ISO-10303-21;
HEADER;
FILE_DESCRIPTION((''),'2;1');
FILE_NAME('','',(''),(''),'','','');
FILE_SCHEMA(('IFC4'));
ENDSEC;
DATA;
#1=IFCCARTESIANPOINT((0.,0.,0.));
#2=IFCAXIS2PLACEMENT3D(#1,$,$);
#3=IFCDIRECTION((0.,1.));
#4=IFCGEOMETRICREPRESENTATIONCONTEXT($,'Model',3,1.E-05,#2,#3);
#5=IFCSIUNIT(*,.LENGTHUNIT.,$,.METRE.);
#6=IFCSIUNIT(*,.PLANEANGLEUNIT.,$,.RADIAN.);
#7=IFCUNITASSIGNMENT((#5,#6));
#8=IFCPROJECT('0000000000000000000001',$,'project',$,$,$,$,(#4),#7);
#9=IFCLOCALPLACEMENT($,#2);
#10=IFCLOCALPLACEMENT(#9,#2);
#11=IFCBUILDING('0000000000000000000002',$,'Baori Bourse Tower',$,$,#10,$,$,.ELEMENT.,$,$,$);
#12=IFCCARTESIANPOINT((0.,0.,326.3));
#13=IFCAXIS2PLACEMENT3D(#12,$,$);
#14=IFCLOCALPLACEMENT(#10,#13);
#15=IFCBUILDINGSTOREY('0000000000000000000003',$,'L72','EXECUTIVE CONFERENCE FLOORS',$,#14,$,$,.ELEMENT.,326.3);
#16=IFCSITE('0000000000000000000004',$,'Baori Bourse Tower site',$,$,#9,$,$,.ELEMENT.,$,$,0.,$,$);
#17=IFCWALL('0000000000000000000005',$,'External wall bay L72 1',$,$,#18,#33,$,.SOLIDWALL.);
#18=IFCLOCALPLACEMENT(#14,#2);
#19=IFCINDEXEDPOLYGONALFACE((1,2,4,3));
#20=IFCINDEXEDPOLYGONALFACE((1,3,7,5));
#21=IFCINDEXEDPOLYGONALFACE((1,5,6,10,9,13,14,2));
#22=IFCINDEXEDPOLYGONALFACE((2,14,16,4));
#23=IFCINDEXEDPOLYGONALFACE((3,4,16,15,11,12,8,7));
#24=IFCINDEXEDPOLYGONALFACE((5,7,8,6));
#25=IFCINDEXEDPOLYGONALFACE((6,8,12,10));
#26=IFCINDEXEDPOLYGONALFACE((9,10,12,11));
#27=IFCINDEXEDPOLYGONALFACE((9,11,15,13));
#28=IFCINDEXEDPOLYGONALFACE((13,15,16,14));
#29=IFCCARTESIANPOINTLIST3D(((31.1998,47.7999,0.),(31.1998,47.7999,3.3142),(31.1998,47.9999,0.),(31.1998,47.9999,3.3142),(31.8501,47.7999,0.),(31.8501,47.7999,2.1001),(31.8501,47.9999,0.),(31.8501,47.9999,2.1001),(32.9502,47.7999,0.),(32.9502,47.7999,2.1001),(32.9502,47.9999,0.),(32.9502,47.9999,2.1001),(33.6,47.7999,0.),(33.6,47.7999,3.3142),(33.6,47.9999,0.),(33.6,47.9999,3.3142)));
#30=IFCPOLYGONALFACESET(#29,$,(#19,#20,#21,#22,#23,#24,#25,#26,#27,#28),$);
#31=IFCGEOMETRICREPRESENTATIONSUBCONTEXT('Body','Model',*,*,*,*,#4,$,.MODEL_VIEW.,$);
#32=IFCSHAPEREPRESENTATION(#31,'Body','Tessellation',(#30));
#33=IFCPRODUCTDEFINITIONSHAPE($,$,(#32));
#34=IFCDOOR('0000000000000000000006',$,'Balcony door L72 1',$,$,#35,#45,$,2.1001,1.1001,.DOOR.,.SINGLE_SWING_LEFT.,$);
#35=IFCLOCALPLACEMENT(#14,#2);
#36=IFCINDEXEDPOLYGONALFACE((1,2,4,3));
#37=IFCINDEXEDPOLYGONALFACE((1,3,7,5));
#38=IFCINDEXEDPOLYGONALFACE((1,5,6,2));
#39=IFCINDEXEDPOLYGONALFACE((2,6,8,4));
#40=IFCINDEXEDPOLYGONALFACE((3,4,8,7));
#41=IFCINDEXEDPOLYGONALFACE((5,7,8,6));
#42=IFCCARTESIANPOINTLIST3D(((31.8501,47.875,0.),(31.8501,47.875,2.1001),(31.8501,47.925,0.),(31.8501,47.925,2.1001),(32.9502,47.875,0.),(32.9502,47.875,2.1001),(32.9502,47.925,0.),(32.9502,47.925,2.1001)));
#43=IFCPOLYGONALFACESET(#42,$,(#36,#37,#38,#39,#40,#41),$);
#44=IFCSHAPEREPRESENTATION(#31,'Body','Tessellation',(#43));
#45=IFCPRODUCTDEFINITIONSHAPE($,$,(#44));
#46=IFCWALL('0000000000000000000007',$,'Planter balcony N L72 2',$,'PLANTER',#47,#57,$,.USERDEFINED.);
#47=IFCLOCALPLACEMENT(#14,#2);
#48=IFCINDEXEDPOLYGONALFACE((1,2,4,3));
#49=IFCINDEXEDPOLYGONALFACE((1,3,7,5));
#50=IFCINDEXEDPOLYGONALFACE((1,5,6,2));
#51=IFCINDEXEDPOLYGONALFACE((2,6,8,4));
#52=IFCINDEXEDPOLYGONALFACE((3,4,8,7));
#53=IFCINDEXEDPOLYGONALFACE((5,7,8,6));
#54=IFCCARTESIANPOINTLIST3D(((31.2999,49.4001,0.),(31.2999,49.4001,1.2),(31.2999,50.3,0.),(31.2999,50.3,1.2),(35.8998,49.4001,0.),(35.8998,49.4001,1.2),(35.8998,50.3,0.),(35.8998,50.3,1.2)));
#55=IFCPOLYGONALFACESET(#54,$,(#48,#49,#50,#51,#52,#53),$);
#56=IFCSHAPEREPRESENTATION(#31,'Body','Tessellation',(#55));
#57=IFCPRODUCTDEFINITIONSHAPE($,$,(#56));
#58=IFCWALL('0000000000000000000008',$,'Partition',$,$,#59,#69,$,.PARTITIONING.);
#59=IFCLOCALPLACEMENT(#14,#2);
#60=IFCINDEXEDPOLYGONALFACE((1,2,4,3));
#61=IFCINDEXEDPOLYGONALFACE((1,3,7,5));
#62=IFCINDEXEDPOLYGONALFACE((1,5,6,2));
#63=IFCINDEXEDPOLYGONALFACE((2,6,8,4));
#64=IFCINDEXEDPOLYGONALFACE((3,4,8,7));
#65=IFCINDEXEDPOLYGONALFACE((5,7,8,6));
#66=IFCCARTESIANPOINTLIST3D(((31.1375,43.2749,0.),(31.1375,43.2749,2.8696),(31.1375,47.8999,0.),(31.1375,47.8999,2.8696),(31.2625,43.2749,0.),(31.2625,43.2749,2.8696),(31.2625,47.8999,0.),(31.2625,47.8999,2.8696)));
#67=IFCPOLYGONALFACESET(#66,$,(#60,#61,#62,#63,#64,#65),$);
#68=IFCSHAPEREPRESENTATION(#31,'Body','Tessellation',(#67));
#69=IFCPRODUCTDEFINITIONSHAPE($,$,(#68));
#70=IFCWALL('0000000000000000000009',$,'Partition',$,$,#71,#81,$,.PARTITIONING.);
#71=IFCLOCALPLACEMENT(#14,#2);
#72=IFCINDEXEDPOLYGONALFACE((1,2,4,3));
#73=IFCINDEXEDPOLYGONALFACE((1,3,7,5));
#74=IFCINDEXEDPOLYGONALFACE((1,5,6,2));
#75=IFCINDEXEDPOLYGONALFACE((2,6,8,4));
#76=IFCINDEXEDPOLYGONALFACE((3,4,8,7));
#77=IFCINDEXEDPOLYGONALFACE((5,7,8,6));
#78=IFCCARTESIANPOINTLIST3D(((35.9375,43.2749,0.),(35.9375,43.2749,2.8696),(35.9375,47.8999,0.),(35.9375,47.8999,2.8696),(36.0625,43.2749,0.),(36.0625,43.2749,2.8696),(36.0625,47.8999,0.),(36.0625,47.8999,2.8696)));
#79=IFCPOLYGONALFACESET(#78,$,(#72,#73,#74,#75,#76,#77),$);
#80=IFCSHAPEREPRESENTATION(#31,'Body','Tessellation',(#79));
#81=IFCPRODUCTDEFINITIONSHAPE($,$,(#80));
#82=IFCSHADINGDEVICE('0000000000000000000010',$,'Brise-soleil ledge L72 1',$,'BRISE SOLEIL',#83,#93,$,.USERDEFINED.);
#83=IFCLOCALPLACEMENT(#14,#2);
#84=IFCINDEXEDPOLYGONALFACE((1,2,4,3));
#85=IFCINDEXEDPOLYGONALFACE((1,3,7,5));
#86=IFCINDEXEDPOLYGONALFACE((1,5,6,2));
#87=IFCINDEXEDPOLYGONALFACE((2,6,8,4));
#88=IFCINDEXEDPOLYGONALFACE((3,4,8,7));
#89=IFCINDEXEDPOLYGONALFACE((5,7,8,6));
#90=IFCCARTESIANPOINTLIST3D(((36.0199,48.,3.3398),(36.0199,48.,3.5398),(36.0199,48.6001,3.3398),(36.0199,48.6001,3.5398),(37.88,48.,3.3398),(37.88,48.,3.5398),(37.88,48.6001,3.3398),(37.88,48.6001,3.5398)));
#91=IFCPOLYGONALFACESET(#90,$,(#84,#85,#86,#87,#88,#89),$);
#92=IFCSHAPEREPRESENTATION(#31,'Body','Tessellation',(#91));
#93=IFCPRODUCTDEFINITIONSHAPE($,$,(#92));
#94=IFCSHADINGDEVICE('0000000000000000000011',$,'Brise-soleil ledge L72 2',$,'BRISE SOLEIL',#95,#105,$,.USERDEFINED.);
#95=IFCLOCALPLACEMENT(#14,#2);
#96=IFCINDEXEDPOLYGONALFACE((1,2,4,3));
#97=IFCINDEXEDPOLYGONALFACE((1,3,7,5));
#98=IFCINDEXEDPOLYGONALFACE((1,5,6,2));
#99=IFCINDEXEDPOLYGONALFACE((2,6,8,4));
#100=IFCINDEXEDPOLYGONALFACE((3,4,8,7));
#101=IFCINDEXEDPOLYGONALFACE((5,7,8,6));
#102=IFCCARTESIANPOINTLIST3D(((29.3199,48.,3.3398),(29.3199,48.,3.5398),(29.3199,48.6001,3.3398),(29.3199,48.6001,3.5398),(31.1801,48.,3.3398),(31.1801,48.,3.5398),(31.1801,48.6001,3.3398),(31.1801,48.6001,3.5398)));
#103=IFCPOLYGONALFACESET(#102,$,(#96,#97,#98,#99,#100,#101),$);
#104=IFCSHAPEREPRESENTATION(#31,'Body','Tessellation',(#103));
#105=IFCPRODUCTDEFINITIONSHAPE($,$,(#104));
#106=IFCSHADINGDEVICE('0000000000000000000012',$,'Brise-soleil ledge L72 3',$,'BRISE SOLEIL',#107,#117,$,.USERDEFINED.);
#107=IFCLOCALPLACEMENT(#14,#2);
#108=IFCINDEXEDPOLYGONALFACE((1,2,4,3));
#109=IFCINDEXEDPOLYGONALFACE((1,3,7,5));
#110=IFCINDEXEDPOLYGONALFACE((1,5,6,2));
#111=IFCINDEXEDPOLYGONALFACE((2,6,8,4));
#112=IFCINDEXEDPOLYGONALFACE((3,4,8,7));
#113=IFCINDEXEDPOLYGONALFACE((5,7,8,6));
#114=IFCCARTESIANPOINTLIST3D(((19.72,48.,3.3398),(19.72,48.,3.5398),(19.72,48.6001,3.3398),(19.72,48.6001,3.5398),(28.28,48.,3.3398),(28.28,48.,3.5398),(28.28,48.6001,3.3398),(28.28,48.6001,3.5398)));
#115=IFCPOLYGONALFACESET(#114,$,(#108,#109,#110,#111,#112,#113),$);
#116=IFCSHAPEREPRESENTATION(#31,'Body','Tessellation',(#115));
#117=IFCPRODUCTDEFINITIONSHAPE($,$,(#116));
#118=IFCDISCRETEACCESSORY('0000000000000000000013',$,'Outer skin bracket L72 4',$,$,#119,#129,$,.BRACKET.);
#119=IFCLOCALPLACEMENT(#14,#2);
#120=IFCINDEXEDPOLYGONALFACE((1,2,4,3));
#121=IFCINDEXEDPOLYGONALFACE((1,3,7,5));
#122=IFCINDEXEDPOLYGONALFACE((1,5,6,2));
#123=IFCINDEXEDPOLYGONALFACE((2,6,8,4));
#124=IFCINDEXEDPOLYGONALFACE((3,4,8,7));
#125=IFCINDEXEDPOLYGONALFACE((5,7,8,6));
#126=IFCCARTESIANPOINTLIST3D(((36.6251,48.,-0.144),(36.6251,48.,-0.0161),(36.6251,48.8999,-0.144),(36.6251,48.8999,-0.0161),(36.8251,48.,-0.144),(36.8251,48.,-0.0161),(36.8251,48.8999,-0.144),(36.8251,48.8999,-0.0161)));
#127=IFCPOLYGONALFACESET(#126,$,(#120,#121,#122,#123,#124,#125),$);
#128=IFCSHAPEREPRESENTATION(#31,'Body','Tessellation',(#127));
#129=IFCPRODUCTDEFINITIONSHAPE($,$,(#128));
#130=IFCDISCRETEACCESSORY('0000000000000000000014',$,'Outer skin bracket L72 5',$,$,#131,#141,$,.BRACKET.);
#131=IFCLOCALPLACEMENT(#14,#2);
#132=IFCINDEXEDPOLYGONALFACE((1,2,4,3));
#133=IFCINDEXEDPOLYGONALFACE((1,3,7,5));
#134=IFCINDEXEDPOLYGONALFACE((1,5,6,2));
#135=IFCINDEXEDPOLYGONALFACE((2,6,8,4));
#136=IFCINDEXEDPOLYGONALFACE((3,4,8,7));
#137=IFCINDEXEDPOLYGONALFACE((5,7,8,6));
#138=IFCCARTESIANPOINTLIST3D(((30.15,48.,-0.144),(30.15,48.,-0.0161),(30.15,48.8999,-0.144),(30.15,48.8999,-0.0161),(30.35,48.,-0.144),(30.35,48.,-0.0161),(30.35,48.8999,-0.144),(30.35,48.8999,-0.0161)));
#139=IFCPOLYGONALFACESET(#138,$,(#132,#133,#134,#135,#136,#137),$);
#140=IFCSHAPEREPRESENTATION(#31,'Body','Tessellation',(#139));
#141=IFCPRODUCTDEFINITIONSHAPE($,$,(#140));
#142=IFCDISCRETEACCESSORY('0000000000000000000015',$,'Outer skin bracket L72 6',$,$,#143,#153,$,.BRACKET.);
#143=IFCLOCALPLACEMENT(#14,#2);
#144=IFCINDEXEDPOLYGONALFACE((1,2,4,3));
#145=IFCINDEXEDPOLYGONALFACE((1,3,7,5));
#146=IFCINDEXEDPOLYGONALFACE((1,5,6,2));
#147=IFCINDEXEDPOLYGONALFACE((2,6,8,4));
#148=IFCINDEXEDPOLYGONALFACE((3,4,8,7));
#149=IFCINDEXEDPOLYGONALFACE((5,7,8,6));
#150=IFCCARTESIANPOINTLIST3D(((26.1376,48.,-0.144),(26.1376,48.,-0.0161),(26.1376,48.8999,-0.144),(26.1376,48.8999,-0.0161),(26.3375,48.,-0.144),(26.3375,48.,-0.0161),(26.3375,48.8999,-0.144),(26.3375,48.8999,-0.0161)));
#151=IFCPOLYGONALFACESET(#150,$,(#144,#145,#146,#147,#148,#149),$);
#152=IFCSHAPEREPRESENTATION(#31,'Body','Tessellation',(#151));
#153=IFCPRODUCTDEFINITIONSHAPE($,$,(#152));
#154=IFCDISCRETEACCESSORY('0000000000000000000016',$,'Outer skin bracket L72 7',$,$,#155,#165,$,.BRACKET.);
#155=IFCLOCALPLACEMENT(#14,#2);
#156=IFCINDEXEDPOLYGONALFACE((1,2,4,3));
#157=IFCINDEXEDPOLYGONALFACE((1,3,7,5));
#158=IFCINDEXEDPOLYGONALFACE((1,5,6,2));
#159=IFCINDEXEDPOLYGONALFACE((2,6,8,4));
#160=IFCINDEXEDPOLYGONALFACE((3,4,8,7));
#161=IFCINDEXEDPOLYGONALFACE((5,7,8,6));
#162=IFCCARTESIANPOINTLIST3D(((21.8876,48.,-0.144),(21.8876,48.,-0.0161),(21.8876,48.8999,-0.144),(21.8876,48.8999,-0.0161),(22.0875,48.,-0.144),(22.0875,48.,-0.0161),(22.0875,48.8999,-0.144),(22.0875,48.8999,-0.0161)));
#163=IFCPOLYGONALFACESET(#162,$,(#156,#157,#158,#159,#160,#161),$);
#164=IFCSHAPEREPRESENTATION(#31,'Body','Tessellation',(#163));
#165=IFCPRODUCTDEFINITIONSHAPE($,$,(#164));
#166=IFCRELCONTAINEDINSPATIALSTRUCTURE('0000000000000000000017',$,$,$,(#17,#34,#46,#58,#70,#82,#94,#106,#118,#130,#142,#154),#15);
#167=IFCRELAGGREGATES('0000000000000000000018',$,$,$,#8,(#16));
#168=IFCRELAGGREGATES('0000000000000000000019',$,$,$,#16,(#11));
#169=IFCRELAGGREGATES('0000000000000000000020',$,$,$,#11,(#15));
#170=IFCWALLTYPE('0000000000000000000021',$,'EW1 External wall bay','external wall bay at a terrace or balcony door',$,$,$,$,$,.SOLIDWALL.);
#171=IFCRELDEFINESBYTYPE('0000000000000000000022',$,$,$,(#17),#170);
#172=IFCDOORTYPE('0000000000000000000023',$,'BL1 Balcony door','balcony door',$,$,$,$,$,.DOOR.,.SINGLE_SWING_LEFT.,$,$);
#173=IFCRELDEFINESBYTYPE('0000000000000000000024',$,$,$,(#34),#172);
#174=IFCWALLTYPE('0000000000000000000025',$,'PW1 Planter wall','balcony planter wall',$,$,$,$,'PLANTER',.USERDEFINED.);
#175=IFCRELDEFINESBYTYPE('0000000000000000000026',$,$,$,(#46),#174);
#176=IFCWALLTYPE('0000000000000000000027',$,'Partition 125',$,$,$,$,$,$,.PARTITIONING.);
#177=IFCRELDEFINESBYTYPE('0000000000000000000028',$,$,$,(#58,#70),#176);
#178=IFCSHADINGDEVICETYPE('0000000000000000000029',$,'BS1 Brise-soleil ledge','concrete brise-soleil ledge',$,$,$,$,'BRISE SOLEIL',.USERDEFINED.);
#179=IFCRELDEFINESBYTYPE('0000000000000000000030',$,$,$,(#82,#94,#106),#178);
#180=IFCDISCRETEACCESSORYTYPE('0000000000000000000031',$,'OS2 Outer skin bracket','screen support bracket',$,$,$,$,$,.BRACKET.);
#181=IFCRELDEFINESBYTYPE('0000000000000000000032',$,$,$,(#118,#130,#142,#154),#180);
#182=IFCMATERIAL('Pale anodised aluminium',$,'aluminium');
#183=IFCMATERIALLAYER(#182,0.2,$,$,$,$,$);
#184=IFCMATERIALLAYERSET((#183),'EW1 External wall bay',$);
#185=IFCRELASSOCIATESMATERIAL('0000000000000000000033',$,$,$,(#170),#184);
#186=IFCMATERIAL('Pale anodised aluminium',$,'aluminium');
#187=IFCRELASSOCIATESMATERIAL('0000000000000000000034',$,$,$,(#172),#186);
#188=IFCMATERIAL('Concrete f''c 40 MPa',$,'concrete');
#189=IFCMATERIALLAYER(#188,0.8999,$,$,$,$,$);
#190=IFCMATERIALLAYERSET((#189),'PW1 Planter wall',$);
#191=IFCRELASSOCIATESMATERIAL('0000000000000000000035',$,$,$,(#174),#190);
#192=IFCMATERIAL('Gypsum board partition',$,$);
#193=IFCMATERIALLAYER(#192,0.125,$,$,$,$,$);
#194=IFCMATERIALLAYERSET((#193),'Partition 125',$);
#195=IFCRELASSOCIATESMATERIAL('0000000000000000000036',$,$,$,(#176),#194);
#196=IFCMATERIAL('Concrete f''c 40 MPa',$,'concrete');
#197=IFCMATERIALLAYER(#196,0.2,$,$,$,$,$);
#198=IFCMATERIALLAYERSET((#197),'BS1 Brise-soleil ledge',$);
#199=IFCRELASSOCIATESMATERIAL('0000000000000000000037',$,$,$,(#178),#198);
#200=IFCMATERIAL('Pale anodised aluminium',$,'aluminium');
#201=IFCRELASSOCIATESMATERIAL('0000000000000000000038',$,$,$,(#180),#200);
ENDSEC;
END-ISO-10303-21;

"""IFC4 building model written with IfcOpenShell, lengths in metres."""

from ifc_helpers import new_model, si_unit, direction, frame, frame_2d, origin, origin_2d, place, context, subcontext, project, spatial, rectangle, extrude, material, layer, layer_set, type_object, element, fill, save


model = new_model("IFC4")

# Units and contexts
model_context = context("Model", 3, precision=1e-05, world=origin(), true_north=direction((0.0, 1.0)))
body_context = subcontext(model_context, "Body", "Model", "MODEL_VIEW")
ifc_project = project(units=[si_unit("LENGTHUNIT", "METRE"), si_unit("PLANEANGLEUNIT", "RADIAN")], contexts=[model_context])

# Site, building, storey
site_placement = place(None, origin())
site = spatial("IfcSite", under=ifc_project, at=site_placement, Name="Baori Bourse Tower site", CompositionType="ELEMENT", RefElevation=0.0)
building_placement = place(site_placement, origin())
building = spatial("IfcBuilding", under=site, at=building_placement, Name="Baori Bourse Tower", CompositionType="ELEMENT")
storey_placement = place(building_placement, frame((0.0, 0.0, 326.3)))
storey = spatial("IfcBuildingStorey", under=building, at=storey_placement, Name="L72", Description="EXECUTIVE CONFERENCE FLOORS", CompositionType="ELEMENT", Elevation=326.3)

# Wall, opening, door
ifc_material_1 = material(Name="Pale anodised aluminium", Category="aluminium")
ifc_layer_1 = layer(ifc_material_1, 0.2)
ifc_layer_set_1 = layer_set([ifc_layer_1], Name="EW1 External wall bay")
wall_type_1 = type_object("IfcWallType", Name="EW1 External wall bay", Description="external wall bay at a terrace or balcony door", PredefinedType="SOLIDWALL", material=ifc_layer_set_1)
wall_1_placement = place(storey_placement, frame((33.6001, 47.8999, 0.0), z_axis=(0.0, 0.0, 1.0), x_axis=(-1.0, 0.0, 0.0)))
wall_1 = element("IfcWall", 1, at=wall_1_placement, inside=storey, type_object=wall_type_1, Name="External wall bay L72 1", PredefinedType="SOLIDWALL", context=body_context, shape_type="SweptSolid", body=[
    extrude(rectangle(XDim=2.4001, YDim=0.2, at=frame_2d((1.2002, 0.0))), origin(), (0.0, 0.0, 1.0), 3.3142),
])
opening_placement = place(wall_1_placement, frame((0.6499, 0.0, 0.0)))
opening = element("IfcOpeningElement", 2, at=opening_placement, cuts=wall_1, PredefinedType="OPENING", context=body_context, shape_type="SweptSolid", body=[
    extrude(rectangle(XDim=1.1001, YDim=2.1001, at=frame_2d((0.55, 1.05))), frame((0.0, 0.1099, 0.0), z_axis=(0.0, -1.0, 0.0), x_axis=(1.0, 0.0, 0.0)), (0.0, 0.0, 1.0), 0.22),
])
ifc_material_2 = material(Name="Pale anodised aluminium", Category="aluminium")
door_type = type_object("IfcDoorType", Name="BL1 Balcony door", Description="balcony door", OperationType="SINGLE_SWING_LEFT", PredefinedType="DOOR", material=ifc_material_2)
door_placement = place(opening_placement, origin())
door = element("IfcDoor", 3, at=door_placement, inside=storey, type_object=door_type, Name="Balcony door L72 1", OperationType="SINGLE_SWING_LEFT", OverallHeight=2.1001, OverallWidth=1.1001, PredefinedType="DOOR", context=body_context, shape_type="SweptSolid", body=[
    extrude(rectangle(XDim=1.1001, YDim=2.1001, at=frame_2d((0.55, 1.05))), frame((0.0, 0.0249, 0.0), z_axis=(0.0, -1.0, 0.0), x_axis=(1.0, 0.0, 0.0)), (0.0, 0.0, 1.0), 0.05),
])
fill(opening, door)

# Walls
ifc_material_3 = material(Name="Concrete f'c 40 MPa", Category="concrete")
ifc_layer_2 = layer(ifc_material_3, 0.8999)
ifc_layer_set_2 = layer_set([ifc_layer_2], Name="PW1 Planter wall")
wall_type_2 = type_object("IfcWallType", Name="PW1 Planter wall", Description="balcony planter wall", ElementType="PLANTER", PredefinedType="USERDEFINED", material=ifc_layer_set_2)
wall_2_placement = place(storey_placement, frame((31.3, 49.8501, 0.0), z_axis=(0.0, 0.0, 1.0), x_axis=(1.0, 0.0, 0.0)))
element("IfcWall", 4, at=wall_2_placement, inside=storey, type_object=wall_type_2, Name="Planter balcony N L72 2", ObjectType="PLANTER", PredefinedType="USERDEFINED", context=body_context, shape_type="SweptSolid", body=[
    extrude(rectangle(XDim=4.5999, YDim=0.8999, at=frame_2d((2.2998, 0.0))), origin(), (0.0, 0.0, 1.0), 1.2),
])
ifc_material_4 = material(Name="Gypsum board partition")
ifc_layer_3 = layer(ifc_material_4, 0.125)
ifc_layer_set_3 = layer_set([ifc_layer_3], Name="Partition 125")
wall_type_3 = type_object("IfcWallType", Name="Partition 125", PredefinedType="PARTITIONING", material=ifc_layer_set_3)
for number, where, z_axis, x_axis, name in (
    (5, (31.2, 43.2749, 0.0), (0.0, 0.0, 1.0), (0.0, 1.0, 0.0), "Partition"),
    (6, (36.0, 43.2749, 0.0), (0.0, 0.0, 1.0), (0.0, 1.0, 0.0), "Partition"),
):
    element("IfcWall", number, at=place(storey_placement, frame(where, z_axis=z_axis, x_axis=x_axis)), inside=storey, type_object=wall_type_3, Name=name, PredefinedType="PARTITIONING", context=body_context, shape_type="SweptSolid", body=[
        extrude(rectangle(XDim=4.625, YDim=0.125, at=frame_2d((2.3125, 0.0))), origin(), (0.0, 0.0, 1.0), 2.8696),
    ])

# Shading devices
ifc_material_5 = material(Name="Concrete f'c 40 MPa", Category="concrete")
ifc_layer_4 = layer(ifc_material_5, 0.2)
ifc_layer_set_4 = layer_set([ifc_layer_4], Name="BS1 Brise-soleil ledge")
shading_device_type = type_object("IfcShadingDeviceType", Name="BS1 Brise-soleil ledge", Description="concrete brise-soleil ledge", ElementType="BRISE SOLEIL", PredefinedType="USERDEFINED", material=ifc_layer_set_4)
for number, where, z_axis, x_axis, name in (
    (7, (36.95, 48.3, 3.3398), (0.0, 0.0, 1.0), (-1.0, 0.0, 0.0), "Brise-soleil ledge L72 1"),
    (8, (30.25, 48.3, 3.3398), (0.0, 0.0, 1.0), (-1.0, 0.0, 0.0), "Brise-soleil ledge L72 2"),
):
    element("IfcShadingDevice", number, at=place(storey_placement, frame(where, z_axis=z_axis, x_axis=x_axis)), inside=storey, type_object=shading_device_type, Name=name, ObjectType="BRISE SOLEIL", PredefinedType="USERDEFINED", context=body_context, shape_type="SweptSolid", body=[
        extrude(rectangle(XDim=1.8601, YDim=0.6001, at=origin_2d()), origin(), (0.0, 0.0, 1.0), 0.2),
    ])
shading_device_placement = place(storey_placement, frame((24.0, 48.3, 3.3398), z_axis=(0.0, 0.0, 1.0), x_axis=(-1.0, 0.0, 0.0)))
element("IfcShadingDevice", 9, at=shading_device_placement, inside=storey, type_object=shading_device_type, Name="Brise-soleil ledge L72 3", ObjectType="BRISE SOLEIL", PredefinedType="USERDEFINED", context=body_context, shape_type="SweptSolid", body=[
    extrude(rectangle(XDim=8.5601, YDim=0.6001, at=origin_2d()), origin(), (0.0, 0.0, 1.0), 0.2),
])

# Discrete accessories
ifc_material_6 = material(Name="Pale anodised aluminium", Category="aluminium")
discrete_accessory_type = type_object("IfcDiscreteAccessoryType", Name="OS2 Outer skin bracket", Description="screen support bracket", PredefinedType="BRACKET", material=ifc_material_6)
for number, where, z_axis, x_axis, name in (
    (10, (36.7251, 48.45, -0.144), (0.0, 0.0, 1.0), (-1.0, 0.0, 0.0), "Outer skin bracket L72 4"),
    (11, (30.25, 48.45, -0.144), (0.0, 0.0, 1.0), (-1.0, 0.0, 0.0), "Outer skin bracket L72 5"),
    (12, (26.2375, 48.45, -0.144), (0.0, 0.0, 1.0), (-1.0, 0.0, 0.0), "Outer skin bracket L72 6"),
    (13, (21.9875, 48.45, -0.144), (0.0, 0.0, 1.0), (-1.0, 0.0, 0.0), "Outer skin bracket L72 7"),
):
    element("IfcDiscreteAccessory", number, at=place(storey_placement, frame(where, z_axis=z_axis, x_axis=x_axis)), inside=storey, type_object=discrete_accessory_type, Name=name, PredefinedType="BRACKET", context=body_context, shape_type="SweptSolid", body=[
        extrude(rectangle(XDim=0.2, YDim=0.8999, at=origin_2d()), origin(), (0.0, 0.0, 1.0), 0.1279),
    ])

save(model, "model.ifc")
